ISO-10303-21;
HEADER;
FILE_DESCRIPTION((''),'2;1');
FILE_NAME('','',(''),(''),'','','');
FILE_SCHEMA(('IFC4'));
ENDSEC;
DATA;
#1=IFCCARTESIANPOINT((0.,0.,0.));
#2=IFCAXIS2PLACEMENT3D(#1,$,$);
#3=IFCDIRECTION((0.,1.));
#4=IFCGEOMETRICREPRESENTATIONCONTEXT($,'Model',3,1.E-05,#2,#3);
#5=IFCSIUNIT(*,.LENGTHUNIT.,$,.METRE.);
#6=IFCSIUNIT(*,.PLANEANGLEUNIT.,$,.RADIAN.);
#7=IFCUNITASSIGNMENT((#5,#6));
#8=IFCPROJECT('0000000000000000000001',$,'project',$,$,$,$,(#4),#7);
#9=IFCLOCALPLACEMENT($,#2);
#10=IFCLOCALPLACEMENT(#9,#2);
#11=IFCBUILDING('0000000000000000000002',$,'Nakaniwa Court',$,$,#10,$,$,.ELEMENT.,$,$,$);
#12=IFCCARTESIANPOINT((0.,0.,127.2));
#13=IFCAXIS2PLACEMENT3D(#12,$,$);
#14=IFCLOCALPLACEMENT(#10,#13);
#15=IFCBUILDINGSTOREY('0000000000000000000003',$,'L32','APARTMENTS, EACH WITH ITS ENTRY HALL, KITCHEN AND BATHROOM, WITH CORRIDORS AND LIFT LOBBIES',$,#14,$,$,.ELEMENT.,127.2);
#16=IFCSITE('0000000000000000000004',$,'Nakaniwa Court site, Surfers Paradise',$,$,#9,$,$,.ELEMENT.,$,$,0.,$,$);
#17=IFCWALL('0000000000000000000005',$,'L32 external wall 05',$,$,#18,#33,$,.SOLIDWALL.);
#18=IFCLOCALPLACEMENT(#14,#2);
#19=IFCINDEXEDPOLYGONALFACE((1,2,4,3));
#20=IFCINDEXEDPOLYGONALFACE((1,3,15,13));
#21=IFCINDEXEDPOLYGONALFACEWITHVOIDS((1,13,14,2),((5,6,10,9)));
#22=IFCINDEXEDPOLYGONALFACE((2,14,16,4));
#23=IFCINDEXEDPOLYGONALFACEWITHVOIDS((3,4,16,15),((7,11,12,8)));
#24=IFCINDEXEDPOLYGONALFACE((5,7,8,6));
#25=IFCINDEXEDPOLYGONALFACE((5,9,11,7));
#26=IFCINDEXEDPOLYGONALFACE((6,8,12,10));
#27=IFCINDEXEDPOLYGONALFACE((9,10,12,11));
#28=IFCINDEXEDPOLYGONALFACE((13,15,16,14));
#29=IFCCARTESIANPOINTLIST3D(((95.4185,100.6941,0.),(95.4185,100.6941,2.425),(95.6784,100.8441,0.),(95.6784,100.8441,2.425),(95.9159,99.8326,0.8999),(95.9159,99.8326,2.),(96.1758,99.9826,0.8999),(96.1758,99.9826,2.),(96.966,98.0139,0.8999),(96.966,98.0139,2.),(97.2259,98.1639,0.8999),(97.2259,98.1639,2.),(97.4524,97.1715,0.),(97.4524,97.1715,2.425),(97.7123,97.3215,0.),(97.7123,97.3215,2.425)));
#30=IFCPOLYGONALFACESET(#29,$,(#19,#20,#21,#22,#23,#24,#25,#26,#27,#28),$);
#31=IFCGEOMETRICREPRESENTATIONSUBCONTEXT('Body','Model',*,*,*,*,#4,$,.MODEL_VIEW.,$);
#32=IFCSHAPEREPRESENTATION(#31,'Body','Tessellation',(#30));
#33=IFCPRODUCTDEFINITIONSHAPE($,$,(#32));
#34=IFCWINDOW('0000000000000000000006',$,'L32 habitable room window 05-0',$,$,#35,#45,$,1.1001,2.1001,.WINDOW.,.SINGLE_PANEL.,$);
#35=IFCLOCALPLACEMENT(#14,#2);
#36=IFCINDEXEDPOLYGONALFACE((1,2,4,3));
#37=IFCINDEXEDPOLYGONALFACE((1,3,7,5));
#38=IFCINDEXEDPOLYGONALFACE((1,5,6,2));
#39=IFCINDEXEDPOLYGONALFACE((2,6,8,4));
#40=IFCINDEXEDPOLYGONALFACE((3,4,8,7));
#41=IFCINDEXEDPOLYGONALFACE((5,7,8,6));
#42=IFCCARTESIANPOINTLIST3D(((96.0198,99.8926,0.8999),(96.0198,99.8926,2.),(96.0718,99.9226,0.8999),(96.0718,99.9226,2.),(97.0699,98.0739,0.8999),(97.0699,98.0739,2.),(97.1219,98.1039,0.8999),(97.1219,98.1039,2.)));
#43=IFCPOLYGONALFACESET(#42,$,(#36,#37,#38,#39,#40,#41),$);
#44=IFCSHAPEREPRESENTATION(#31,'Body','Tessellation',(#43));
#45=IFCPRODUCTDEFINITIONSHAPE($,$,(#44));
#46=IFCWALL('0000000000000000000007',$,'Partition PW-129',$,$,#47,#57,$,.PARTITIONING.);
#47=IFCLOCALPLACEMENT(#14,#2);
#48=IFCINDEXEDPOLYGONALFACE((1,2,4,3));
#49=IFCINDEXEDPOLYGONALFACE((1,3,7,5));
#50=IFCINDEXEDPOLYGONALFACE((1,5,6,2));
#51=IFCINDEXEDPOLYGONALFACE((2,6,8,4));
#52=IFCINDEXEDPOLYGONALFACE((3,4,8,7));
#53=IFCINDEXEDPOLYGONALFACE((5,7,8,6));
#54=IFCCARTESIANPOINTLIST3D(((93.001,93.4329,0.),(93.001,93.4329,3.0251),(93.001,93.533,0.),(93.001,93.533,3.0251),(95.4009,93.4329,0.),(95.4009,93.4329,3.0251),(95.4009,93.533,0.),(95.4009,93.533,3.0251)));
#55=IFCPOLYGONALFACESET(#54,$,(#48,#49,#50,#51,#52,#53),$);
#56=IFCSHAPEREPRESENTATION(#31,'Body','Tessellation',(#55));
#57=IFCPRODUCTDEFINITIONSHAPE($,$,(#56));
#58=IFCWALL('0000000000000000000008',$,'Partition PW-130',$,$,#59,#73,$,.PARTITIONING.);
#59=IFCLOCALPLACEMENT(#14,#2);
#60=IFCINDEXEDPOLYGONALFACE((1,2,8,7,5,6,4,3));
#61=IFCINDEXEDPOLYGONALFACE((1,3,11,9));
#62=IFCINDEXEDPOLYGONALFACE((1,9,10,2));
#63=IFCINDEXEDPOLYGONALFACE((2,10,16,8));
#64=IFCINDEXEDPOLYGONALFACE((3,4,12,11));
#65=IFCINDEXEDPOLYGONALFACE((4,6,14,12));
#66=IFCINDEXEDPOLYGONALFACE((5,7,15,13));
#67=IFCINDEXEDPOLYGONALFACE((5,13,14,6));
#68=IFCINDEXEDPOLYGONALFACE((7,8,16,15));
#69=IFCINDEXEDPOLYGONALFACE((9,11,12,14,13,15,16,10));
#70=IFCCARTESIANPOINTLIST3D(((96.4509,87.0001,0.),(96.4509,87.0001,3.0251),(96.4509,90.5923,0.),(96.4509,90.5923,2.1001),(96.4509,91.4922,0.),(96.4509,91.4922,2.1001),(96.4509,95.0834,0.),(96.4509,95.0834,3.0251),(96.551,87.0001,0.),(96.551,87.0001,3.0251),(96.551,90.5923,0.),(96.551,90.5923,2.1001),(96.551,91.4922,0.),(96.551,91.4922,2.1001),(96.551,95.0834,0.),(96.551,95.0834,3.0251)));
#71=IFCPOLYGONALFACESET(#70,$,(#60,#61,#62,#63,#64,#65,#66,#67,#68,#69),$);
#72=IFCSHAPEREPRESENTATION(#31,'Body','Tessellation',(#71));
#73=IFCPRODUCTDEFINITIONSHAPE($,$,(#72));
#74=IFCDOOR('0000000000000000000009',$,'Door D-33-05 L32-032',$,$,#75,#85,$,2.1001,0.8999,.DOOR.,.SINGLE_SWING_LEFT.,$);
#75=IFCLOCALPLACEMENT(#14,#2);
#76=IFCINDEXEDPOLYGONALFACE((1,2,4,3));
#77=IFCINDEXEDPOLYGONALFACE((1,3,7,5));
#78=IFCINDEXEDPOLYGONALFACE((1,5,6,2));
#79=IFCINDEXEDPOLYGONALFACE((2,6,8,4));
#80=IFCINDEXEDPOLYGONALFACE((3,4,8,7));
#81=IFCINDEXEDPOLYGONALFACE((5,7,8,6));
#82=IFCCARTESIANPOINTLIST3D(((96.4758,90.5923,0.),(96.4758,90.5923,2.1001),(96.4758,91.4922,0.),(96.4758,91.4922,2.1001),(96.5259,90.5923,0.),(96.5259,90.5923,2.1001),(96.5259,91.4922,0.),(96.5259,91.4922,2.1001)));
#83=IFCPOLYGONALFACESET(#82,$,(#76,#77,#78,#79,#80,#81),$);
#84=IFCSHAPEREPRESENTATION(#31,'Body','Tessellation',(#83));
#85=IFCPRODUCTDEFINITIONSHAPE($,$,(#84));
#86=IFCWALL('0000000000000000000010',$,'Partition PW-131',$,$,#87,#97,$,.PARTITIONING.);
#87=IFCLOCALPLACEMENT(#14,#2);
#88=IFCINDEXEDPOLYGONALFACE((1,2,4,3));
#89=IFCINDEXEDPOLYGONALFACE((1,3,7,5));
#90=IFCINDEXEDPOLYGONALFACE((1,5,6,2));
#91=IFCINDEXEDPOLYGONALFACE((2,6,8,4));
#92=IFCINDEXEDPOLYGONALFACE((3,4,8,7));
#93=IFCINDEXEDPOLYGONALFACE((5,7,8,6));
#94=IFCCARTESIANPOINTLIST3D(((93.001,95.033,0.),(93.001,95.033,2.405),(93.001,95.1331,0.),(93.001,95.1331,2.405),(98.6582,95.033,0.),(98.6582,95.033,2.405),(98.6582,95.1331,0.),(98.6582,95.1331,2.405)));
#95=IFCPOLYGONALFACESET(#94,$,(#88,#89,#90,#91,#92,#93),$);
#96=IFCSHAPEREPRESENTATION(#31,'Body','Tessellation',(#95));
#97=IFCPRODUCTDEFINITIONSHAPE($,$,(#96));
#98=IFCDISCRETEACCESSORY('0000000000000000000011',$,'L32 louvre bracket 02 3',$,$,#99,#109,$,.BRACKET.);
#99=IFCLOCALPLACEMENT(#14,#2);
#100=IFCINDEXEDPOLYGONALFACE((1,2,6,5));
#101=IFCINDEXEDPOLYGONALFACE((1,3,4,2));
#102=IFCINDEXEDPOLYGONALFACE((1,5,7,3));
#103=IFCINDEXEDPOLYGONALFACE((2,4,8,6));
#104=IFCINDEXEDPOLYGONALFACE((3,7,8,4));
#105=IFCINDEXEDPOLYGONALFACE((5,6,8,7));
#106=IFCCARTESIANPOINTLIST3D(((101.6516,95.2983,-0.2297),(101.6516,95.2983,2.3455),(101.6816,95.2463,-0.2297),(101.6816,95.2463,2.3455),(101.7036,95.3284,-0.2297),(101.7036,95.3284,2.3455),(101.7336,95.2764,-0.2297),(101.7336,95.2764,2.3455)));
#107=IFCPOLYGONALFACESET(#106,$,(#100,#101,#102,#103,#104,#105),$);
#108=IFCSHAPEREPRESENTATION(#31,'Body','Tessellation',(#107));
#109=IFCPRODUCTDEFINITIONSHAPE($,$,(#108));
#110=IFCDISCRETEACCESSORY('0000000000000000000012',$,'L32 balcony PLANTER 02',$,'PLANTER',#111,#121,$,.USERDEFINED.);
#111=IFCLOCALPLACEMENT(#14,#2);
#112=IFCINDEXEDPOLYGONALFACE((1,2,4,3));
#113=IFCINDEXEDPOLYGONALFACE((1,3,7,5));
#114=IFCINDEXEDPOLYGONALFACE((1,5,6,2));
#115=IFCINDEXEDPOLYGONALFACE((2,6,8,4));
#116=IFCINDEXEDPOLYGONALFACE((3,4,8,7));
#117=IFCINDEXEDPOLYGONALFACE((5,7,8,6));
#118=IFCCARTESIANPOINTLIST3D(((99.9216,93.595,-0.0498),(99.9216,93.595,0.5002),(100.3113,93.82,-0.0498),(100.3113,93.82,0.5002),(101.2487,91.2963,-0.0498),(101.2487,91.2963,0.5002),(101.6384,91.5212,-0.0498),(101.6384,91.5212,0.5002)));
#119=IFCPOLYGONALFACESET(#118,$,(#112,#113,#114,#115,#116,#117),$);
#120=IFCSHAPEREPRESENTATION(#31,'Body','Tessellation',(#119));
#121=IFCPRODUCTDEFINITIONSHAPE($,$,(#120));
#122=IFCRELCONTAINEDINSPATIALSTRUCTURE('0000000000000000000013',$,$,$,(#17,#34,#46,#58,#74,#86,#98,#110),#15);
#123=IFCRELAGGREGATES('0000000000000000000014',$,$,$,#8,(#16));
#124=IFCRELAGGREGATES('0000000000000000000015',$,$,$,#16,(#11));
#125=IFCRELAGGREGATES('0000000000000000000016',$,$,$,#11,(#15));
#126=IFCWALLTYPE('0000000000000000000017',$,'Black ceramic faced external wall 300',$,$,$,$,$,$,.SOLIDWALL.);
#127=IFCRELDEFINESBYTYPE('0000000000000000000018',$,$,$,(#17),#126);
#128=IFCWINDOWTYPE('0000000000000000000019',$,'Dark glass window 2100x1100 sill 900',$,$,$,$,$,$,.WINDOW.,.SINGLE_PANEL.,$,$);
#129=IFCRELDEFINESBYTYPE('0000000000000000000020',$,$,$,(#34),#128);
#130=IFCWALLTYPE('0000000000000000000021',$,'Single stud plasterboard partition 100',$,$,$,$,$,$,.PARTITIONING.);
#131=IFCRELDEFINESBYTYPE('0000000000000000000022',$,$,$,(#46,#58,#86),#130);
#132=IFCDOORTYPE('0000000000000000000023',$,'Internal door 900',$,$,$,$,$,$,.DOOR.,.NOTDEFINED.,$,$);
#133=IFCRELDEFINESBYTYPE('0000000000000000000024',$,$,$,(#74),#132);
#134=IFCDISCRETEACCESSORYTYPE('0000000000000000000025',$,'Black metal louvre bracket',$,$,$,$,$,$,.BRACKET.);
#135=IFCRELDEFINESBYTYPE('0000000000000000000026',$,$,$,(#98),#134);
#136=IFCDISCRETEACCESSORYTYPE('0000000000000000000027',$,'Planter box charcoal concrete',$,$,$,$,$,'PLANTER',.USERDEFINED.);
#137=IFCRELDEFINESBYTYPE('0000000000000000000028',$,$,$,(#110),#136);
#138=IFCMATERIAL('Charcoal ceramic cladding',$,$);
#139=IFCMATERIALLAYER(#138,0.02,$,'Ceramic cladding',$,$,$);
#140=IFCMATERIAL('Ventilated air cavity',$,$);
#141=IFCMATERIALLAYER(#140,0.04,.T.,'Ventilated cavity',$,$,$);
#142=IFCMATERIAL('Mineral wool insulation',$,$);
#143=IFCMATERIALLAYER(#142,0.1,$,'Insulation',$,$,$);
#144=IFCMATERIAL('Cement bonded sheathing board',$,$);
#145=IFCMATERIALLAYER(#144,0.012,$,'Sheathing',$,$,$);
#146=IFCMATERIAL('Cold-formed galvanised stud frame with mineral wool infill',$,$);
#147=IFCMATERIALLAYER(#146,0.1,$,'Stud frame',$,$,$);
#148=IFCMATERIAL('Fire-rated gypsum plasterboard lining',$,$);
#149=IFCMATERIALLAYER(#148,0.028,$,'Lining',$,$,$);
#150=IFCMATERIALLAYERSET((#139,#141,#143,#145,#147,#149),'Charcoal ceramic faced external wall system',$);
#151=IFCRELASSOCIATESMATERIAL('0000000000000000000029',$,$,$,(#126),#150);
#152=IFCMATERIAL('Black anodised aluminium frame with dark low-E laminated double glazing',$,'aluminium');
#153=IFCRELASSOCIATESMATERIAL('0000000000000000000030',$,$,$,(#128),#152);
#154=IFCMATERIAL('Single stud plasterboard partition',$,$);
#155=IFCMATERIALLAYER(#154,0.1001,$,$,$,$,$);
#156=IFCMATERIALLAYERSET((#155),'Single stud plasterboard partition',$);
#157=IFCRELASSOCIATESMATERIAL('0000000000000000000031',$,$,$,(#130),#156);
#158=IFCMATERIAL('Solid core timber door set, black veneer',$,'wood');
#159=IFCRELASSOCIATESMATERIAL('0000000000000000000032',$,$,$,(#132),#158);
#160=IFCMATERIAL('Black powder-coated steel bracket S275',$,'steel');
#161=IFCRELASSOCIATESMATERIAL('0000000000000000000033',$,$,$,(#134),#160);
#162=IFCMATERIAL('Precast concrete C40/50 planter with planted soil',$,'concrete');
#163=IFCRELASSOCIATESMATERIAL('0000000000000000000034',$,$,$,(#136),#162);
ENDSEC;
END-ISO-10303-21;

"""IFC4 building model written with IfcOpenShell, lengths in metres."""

from ifc_helpers import new_model, si_unit, direction, frame, frame_2d, origin, origin_2d, place, context, subcontext, project, spatial, rectangle, extrude, material, layer, layer_set, type_object, element, fill, save


model = new_model("IFC4")

# Units and contexts
model_context = context("Model", 3, precision=1e-05, world=origin(), true_north=direction((0.0, 1.0)))
body_context = subcontext(model_context, "Body", "Model", "MODEL_VIEW")
ifc_project = project(units=[si_unit("LENGTHUNIT", "METRE"), si_unit("PLANEANGLEUNIT", "RADIAN")], contexts=[model_context])

# Site, building, storey
site_placement = place(None, origin())
site = spatial("IfcSite", under=ifc_project, at=site_placement, Name="Nakaniwa Court site, Surfers Paradise", CompositionType="ELEMENT", RefElevation=0.0)
building_placement = place(site_placement, origin())
building = spatial("IfcBuilding", under=site, at=building_placement, Name="Nakaniwa Court", CompositionType="ELEMENT")
storey_placement = place(building_placement, frame((0.0, 0.0, 127.2)))
storey = spatial("IfcBuildingStorey", under=building, at=storey_placement, Name="L32", Description="APARTMENTS, EACH WITH ITS ENTRY HALL, KITCHEN AND BATHROOM, WITH CORRIDORS AND LIFT LOBBIES", CompositionType="ELEMENT", Elevation=127.2)

# Shared definitions
ifc_material_1 = material(Name="Solid core timber door set, black veneer", Category="wood")

# Shared definitions
ifc_material_2 = material(Name="Charcoal ceramic cladding")
ifc_layer_1 = layer(ifc_material_2, 0.02, Name="Ceramic cladding")
ifc_material_3 = material(Name="Ventilated air cavity")
ifc_layer_2 = layer(ifc_material_3, 0.04, ventilated=True, Name="Ventilated cavity")
ifc_material_4 = material(Name="Mineral wool insulation")
ifc_layer_3 = layer(ifc_material_4, 0.1, Name="Insulation")
ifc_material_5 = material(Name="Cement bonded sheathing board")
ifc_layer_4 = layer(ifc_material_5, 0.012, Name="Sheathing")
ifc_material_6 = material(Name="Cold-formed galvanised stud frame with mineral wool infill")
ifc_layer_5 = layer(ifc_material_6, 0.1, Name="Stud frame")
ifc_material_7 = material(Name="Fire-rated gypsum plasterboard lining")
ifc_layer_6 = layer(ifc_material_7, 0.028, Name="Lining")
ifc_layer_set_1 = layer_set([ifc_layer_1, ifc_layer_2, ifc_layer_3, ifc_layer_4, ifc_layer_5, ifc_layer_6], Name="Charcoal ceramic faced external wall system")
wall_type_1 = type_object("IfcWallType", Name="Black ceramic faced external wall 300", PredefinedType="SOLIDWALL", material=ifc_layer_set_1)
ifc_material_8 = material(Name="Black anodised aluminium frame with dark low-E laminated double glazing", Category="aluminium")
window_type_1 = type_object("IfcWindowType", Name="Dark glass window 2100x1100 sill 900", PartitioningType="SINGLE_PANEL", PredefinedType="WINDOW", material=ifc_material_8)

# Wall, opening, window
wall_1_placement = place(storey_placement, frame((97.5823, 97.2466, 0.0), z_axis=(0.0, 0.0, 1.0), x_axis=(-0.500019, 0.866015, 0.0)))
wall_1 = element("IfcWall", 1, at=wall_1_placement, inside=storey, type_object=wall_type_1, Name="L32 external wall 05", PredefinedType="SOLIDWALL", context=body_context, shape_type="SweptSolid", body=[
    extrude(rectangle(XDim=4.0676, YDim=0.3, at=frame_2d((2.0337, 0.0))), origin(), (0.0, 0.0, 1.0), 2.425),
])
opening_1_placement = place(wall_1_placement, frame((0.9727, 0.0, 0.8999)))
opening_1 = element("IfcOpeningElement", 2, at=opening_1_placement, cuts=wall_1, PredefinedType="OPENING", context=body_context, shape_type="SweptSolid", body=[
    extrude(rectangle(XDim=2.1001, YDim=1.1001, at=frame_2d((1.05, 0.55))), frame((0.0, 0.1599, 0.0), z_axis=(0.0, -1.0, 0.0), x_axis=(1.0, 0.0, 0.0)), (0.0, 0.0, 1.0), 0.3201),
])
window_1_placement = place(opening_1_placement, origin())
window_1 = element("IfcWindow", 3, at=window_1_placement, inside=storey, type_object=window_type_1, Name="L32 habitable room window 05-0", OverallHeight=1.1001, OverallWidth=2.1001, PartitioningType="SINGLE_PANEL", PredefinedType="WINDOW", context=body_context, shape_type="SweptSolid", body=[
    extrude(rectangle(XDim=2.1001, YDim=1.1001, at=frame_2d((1.05, 0.55))), frame((0.0, 0.03, 0.0), z_axis=(0.0, -1.0, 0.0), x_axis=(1.0, 0.0, 0.0)), (0.0, 0.0, 1.0), 0.0601),
])
fill(opening_1, window_1)

# Wall
ifc_material_9 = material(Name="Single stud plasterboard partition")
ifc_layer_7 = layer(ifc_material_9, 0.1001)
ifc_layer_set_2 = layer_set([ifc_layer_7], Name="Single stud plasterboard partition")
wall_type_2 = type_object("IfcWallType", Name="Single stud plasterboard partition 100", PredefinedType="PARTITIONING", material=ifc_layer_set_2)
wall_2_placement = place(storey_placement, frame((93.001, 93.4829, 0.0), z_axis=(0.0, 0.0, 1.0), x_axis=(1.0, 0.0, 0.0)))
element("IfcWall", 4, at=wall_2_placement, inside=storey, type_object=wall_type_2, Name="Partition PW-129", PredefinedType="PARTITIONING", context=body_context, shape_type="SweptSolid", body=[
    extrude(rectangle(XDim=2.3999, YDim=0.1001, at=frame_2d((1.2, 0.0))), origin(), (0.0, 0.0, 1.0), 3.0251),
])

# Wall, opening, door
wall_3_placement = place(storey_placement, frame((96.501, 95.0833, 0.0), z_axis=(0.0, 0.0, 1.0), x_axis=(0.0, -1.0, 0.0)))
wall_3 = element("IfcWall", 5, at=wall_3_placement, inside=storey, type_object=wall_type_2, Name="Partition PW-130", PredefinedType="PARTITIONING", context=body_context, shape_type="SweptSolid", body=[
    extrude(rectangle(XDim=8.0833, YDim=0.1001, at=frame_2d((4.0415, 0.0))), origin(), (0.0, 0.0, 1.0), 3.0251),
])
opening_2_placement = place(wall_3_placement, frame((3.5911, 0.0, 0.0)))
opening_2 = element("IfcOpeningElement", 6, at=opening_2_placement, cuts=wall_3, PredefinedType="OPENING", context=body_context, shape_type="SweptSolid", body=[
    extrude(rectangle(XDim=0.8999, YDim=2.1001, at=frame_2d((0.45, 1.05))), frame((0.0, 0.0601, 0.0), z_axis=(0.0, -1.0, 0.0), x_axis=(1.0, 0.0, 0.0)), (0.0, 0.0, 1.0), 0.1201),
])
door_type_1 = type_object("IfcDoorType", Name="Internal door 900", OperationType="NOTDEFINED", PredefinedType="DOOR", material=ifc_material_1)
door_1_placement = place(opening_2_placement, origin())
door_1 = element("IfcDoor", 7, at=door_1_placement, inside=storey, type_object=door_type_1, Name="Door D-33-05 L32-032", OperationType="SINGLE_SWING_LEFT", OverallHeight=2.1001, OverallWidth=0.8999, PredefinedType="DOOR", context=body_context, shape_type="SweptSolid", body=[
    extrude(rectangle(XDim=0.8999, YDim=2.1001, at=frame_2d((0.45, 1.05))), frame((0.0, 0.0249, 0.0), z_axis=(0.0, -1.0, 0.0), x_axis=(1.0, 0.0, 0.0)), (0.0, 0.0, 1.0), 0.05),
])
fill(opening_2, door_1)

# Wall
wall_4_placement = place(storey_placement, frame((93.001, 95.083, 0.0), z_axis=(0.0, 0.0, 1.0), x_axis=(1.0, 0.0, 0.0)))
element("IfcWall", 8, at=wall_4_placement, inside=storey, type_object=wall_type_2, Name="Partition PW-131", PredefinedType="PARTITIONING", context=body_context, shape_type="SweptSolid", body=[
    extrude(rectangle(XDim=5.6572, YDim=0.1001, at=frame_2d((2.8286, 0.0))), origin(), (0.0, 0.0, 1.0), 2.405),
])

# Discrete accessories
ifc_material_10 = material(Name="Black powder-coated steel bracket S275", Category="steel")
discrete_accessory_type_1 = type_object("IfcDiscreteAccessoryType", Name="Black metal louvre bracket", PredefinedType="BRACKET", material=ifc_material_10)
discrete_accessory_1_placement = place(storey_placement, frame((101.6926, 95.2874, -0.2297), z_axis=(0.0, 0.0, 1.0), x_axis=(-0.499976, 0.866039, 0.0)))
element("IfcDiscreteAccessory", 9, at=discrete_accessory_1_placement, inside=storey, type_object=discrete_accessory_type_1, Name="L32 louvre bracket 02 3", PredefinedType="BRACKET", context=body_context, shape_type="SweptSolid", body=[
    extrude(rectangle(XDim=0.0601, YDim=0.0601, at=origin_2d()), origin(), (0.0, 0.0, 1.0), 2.5752),
])
ifc_material_11 = material(Name="Precast concrete C40/50 planter with planted soil", Category="concrete")
discrete_accessory_type_2 = type_object("IfcDiscreteAccessoryType", Name="Planter box charcoal concrete", ElementType="PLANTER", PredefinedType="USERDEFINED", material=ifc_material_11)
discrete_accessory_2_placement = place(storey_placement, frame((100.78, 92.5581, -0.0498), z_axis=(0.0, 0.0, 1.0), x_axis=(-0.499976, 0.866039, 0.0)))
element("IfcDiscreteAccessory", 10, at=discrete_accessory_2_placement, inside=storey, type_object=discrete_accessory_type_2, Name="L32 balcony PLANTER 02", ObjectType="PLANTER", PredefinedType="USERDEFINED", context=body_context, shape_type="SweptSolid", body=[
    extrude(rectangle(XDim=2.6543, YDim=0.45, at=origin_2d()), origin(), (0.0, 0.0, 1.0), 0.55),
])

save(model, "model.ifc")
